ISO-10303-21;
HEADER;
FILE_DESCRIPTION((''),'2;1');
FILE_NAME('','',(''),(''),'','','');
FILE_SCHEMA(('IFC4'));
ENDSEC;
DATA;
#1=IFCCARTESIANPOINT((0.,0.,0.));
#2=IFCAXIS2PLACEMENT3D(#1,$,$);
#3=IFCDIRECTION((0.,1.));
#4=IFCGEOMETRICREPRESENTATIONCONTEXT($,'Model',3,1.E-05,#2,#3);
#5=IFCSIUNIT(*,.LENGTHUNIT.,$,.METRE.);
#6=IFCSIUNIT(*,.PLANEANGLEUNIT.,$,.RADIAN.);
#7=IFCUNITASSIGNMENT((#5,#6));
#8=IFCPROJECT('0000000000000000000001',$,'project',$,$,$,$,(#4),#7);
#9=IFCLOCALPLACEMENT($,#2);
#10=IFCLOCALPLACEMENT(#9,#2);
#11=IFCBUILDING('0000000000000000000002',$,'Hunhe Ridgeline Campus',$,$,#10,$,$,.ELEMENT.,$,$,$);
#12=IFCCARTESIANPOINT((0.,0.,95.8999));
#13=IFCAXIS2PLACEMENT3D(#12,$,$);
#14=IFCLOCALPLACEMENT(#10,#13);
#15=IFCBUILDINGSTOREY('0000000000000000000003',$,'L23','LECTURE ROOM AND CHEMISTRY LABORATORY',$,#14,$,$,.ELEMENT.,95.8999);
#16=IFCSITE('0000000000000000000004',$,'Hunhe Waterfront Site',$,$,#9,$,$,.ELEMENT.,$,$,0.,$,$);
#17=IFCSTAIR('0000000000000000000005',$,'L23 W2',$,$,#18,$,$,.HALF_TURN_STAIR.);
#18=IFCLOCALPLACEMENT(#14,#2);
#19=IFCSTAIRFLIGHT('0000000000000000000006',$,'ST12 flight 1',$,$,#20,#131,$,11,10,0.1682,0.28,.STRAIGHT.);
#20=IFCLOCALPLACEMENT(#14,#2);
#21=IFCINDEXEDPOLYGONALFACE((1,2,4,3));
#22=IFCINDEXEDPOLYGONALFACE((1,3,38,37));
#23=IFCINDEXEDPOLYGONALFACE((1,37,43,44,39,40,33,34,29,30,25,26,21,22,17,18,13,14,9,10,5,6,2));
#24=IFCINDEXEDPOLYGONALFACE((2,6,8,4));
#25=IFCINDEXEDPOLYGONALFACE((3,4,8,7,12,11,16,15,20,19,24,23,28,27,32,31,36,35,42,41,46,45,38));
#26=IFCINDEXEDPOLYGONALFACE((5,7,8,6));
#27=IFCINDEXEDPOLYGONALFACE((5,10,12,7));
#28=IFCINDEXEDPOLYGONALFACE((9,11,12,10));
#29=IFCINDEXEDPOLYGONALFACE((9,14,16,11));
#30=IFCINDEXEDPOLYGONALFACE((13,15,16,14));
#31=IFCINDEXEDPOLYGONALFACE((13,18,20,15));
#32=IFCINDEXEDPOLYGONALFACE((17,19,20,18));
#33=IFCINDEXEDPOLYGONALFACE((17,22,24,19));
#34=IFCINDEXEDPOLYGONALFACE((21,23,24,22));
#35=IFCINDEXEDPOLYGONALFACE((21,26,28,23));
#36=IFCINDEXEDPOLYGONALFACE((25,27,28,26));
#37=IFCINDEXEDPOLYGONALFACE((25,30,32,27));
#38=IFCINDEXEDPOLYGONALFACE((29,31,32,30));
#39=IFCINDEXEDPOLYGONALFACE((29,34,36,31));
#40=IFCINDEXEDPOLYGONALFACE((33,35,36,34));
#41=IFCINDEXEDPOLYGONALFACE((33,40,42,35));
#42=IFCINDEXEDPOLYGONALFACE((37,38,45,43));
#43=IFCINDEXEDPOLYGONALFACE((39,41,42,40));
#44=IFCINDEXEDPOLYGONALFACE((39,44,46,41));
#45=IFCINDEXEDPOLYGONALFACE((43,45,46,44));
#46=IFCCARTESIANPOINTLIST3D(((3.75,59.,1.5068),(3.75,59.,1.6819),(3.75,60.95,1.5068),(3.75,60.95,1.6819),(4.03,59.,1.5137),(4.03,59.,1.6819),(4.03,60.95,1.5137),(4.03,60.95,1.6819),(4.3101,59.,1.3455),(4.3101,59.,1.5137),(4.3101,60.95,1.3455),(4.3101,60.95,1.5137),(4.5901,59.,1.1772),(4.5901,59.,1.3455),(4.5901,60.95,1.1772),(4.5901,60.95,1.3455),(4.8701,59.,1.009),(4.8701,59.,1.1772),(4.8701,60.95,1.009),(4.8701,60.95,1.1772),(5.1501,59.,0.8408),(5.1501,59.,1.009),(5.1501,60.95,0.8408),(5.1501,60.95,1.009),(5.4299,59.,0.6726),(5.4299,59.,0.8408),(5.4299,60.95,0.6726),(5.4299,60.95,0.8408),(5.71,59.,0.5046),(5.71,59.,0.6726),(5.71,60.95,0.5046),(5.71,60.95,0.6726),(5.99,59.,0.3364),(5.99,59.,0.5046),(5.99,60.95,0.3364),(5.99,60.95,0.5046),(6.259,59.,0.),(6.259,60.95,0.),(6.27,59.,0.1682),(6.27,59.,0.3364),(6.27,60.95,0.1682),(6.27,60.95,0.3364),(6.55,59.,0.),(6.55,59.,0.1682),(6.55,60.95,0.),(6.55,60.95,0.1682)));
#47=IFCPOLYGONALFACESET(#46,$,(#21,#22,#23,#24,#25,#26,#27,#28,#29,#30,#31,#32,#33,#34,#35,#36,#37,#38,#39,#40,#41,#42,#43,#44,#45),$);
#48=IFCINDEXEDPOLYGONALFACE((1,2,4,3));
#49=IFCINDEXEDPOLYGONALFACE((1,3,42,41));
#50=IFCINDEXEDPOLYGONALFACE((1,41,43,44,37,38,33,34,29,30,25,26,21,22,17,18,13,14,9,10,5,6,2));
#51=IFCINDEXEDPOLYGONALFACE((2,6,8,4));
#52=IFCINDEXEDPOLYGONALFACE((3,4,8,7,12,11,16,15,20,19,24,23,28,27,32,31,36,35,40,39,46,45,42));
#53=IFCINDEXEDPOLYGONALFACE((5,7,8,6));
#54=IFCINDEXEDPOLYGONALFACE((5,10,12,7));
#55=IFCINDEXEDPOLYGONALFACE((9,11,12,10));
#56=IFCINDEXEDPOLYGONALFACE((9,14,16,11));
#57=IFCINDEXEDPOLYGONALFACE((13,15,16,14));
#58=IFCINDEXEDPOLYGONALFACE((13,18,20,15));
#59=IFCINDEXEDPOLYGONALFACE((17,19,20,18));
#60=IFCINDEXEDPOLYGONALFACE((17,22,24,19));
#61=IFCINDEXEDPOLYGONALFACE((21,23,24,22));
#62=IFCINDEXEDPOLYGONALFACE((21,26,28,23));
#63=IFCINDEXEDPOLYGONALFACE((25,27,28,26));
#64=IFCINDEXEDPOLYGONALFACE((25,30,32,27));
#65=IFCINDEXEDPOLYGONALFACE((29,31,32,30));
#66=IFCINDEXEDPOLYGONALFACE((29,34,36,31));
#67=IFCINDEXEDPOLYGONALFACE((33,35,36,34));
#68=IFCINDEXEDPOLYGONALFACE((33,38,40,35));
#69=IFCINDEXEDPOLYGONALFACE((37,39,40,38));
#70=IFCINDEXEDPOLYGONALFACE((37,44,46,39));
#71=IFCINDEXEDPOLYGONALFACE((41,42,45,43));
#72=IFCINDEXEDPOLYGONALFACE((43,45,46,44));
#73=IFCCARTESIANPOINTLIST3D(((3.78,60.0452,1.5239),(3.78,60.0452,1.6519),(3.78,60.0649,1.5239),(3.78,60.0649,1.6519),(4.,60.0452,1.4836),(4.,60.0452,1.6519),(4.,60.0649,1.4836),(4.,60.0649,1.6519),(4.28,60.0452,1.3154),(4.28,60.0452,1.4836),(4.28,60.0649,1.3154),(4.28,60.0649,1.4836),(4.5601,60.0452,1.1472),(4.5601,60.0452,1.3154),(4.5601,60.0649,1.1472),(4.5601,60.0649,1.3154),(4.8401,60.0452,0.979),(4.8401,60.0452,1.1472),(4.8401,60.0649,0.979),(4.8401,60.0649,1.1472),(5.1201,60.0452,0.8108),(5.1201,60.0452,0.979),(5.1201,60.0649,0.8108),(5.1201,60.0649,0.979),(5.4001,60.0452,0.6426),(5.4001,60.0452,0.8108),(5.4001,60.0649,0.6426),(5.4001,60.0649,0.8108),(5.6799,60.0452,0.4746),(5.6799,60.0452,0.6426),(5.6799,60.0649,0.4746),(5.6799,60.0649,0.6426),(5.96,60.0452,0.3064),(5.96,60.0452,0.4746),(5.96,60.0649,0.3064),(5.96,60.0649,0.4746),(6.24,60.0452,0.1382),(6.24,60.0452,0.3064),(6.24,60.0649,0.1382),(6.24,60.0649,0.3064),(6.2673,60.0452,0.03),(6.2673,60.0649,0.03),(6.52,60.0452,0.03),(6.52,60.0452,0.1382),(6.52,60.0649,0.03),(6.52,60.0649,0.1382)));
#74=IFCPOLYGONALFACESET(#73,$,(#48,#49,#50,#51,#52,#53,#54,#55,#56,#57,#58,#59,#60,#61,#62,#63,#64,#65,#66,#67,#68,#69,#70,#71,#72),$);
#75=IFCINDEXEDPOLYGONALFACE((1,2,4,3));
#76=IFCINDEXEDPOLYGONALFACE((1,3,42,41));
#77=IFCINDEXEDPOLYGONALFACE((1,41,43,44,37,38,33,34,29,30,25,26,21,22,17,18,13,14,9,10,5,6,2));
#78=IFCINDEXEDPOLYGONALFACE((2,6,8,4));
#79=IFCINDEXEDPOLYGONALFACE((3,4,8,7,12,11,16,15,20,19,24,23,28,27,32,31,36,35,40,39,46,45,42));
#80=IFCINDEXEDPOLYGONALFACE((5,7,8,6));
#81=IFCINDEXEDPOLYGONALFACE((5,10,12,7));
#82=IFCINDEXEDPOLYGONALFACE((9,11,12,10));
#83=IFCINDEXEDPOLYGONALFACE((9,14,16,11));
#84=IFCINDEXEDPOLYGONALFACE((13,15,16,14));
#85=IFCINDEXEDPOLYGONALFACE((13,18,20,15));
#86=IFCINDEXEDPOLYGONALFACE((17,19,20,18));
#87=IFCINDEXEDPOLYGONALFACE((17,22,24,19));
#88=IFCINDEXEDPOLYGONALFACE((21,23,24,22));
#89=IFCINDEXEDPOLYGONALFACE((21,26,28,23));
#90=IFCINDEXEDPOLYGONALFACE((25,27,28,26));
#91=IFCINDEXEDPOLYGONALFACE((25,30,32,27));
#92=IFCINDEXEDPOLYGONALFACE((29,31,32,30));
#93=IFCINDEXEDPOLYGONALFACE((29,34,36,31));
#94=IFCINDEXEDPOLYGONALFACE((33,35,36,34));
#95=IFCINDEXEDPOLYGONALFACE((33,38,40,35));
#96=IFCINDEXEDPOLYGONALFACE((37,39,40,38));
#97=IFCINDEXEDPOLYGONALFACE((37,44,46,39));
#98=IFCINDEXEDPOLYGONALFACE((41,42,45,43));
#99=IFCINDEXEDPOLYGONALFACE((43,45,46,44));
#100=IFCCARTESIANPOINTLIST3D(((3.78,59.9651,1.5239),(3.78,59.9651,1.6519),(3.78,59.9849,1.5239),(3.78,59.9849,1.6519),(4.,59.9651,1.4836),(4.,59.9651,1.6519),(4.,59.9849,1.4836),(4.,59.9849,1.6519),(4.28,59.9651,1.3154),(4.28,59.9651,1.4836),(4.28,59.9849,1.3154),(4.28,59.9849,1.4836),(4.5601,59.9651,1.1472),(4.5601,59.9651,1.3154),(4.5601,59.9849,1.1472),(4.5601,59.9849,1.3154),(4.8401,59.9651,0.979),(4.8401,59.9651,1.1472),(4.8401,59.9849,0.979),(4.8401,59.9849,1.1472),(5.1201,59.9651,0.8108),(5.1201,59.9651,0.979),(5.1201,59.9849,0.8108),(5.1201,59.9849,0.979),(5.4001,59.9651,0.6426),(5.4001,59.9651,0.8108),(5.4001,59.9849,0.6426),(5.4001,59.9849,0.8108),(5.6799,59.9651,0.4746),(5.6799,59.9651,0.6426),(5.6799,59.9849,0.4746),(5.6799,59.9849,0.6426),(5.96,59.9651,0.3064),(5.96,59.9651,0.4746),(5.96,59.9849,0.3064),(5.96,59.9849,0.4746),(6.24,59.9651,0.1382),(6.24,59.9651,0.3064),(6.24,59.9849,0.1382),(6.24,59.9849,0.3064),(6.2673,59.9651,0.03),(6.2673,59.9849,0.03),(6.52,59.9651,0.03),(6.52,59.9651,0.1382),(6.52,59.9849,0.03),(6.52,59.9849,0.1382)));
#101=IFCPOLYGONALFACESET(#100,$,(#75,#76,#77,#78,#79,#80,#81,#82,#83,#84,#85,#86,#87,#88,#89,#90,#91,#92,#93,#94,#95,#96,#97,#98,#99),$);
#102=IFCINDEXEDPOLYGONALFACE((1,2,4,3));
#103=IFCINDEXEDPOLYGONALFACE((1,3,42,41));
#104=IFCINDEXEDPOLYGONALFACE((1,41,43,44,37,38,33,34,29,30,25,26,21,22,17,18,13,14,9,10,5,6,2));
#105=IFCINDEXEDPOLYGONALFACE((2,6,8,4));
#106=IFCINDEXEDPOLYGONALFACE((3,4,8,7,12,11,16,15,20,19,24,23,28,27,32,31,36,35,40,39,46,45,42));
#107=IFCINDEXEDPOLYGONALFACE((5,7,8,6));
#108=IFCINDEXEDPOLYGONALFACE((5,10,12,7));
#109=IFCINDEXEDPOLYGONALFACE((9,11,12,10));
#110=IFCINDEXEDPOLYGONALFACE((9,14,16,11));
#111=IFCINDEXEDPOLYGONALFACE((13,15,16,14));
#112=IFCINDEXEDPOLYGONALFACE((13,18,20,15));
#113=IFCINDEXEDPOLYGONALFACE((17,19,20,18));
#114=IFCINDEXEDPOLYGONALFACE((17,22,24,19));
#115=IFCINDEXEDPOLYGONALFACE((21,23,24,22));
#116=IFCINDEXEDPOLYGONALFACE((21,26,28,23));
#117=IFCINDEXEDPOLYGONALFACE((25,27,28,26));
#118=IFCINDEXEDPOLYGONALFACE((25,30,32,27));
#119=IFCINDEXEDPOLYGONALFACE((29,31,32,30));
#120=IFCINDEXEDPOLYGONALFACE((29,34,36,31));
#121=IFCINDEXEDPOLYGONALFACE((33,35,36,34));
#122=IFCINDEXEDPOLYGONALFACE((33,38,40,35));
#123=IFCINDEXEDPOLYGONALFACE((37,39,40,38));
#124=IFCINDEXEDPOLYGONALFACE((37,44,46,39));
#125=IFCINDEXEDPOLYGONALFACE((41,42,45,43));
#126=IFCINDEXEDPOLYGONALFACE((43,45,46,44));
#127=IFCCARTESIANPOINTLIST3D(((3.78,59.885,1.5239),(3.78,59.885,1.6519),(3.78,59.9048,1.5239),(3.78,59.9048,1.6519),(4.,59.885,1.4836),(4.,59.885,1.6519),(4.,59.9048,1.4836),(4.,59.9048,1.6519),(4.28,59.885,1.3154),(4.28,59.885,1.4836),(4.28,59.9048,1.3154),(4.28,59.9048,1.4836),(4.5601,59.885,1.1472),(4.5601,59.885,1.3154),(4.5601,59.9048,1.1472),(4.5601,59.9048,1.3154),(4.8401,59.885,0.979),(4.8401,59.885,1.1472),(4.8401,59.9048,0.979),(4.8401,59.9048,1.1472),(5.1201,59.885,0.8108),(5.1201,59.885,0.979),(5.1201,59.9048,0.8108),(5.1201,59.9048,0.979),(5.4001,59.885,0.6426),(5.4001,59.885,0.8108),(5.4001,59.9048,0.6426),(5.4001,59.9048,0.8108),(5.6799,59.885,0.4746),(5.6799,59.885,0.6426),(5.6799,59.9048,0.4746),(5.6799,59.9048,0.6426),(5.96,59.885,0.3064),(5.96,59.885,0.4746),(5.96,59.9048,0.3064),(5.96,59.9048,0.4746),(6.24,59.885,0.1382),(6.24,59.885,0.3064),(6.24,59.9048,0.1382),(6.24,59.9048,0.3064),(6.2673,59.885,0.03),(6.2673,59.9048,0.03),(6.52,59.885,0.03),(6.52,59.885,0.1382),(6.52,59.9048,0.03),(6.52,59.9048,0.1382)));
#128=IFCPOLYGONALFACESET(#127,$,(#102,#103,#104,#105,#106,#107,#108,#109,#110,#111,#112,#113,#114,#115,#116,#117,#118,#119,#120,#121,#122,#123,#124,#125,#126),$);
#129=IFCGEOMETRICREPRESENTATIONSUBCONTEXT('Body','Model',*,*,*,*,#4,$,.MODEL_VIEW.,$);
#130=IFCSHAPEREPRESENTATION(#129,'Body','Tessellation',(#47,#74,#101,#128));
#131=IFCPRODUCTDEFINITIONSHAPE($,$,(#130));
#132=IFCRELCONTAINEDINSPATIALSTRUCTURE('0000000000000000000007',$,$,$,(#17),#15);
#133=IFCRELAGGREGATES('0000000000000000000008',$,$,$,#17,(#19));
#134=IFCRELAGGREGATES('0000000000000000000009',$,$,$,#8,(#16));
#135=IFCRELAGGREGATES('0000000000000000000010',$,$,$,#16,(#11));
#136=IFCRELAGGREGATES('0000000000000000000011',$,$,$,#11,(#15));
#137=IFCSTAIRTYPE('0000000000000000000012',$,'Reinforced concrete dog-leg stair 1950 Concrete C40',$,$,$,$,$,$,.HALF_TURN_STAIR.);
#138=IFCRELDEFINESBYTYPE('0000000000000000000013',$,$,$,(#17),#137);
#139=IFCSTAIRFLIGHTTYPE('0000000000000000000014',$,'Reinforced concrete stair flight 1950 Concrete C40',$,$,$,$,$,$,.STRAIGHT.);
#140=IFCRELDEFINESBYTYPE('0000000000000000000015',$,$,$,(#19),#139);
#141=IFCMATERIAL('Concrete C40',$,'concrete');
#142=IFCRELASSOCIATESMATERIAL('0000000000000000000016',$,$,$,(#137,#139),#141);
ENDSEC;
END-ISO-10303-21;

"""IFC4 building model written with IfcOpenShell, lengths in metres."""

from ifc_helpers import new_model, si_unit, direction, frame, origin, place, context, subcontext, project, spatial, polyline, outline, extrude, material, type_object, element, aggregate, save


model = new_model("IFC4")

# Units and contexts
model_context = context("Model", 3, precision=1e-05, world=origin(), true_north=direction((0.0, 1.0)))
body_context = subcontext(model_context, "Body", "Model", "MODEL_VIEW")
ifc_project = project(units=[si_unit("LENGTHUNIT", "METRE"), si_unit("PLANEANGLEUNIT", "RADIAN")], contexts=[model_context])

# Site, building, storey
site_placement = place(None, origin())
site = spatial("IfcSite", under=ifc_project, at=site_placement, Name="Hunhe Waterfront Site", CompositionType="ELEMENT", RefElevation=0.0)
building_placement = place(site_placement, origin())
building = spatial("IfcBuilding", under=site, at=building_placement, Name="Hunhe Ridgeline Campus", CompositionType="ELEMENT")
storey_placement = place(building_placement, frame((0.0, 0.0, 95.8999)))
storey = spatial("IfcBuildingStorey", under=building, at=storey_placement, Name="L23", Description="LECTURE ROOM AND CHEMISTRY LABORATORY", CompositionType="ELEMENT", Elevation=95.8999)

# Stair, stair flight
ifc_material_1 = material(Name="Concrete C40", Category="concrete")
stair_type = type_object("IfcStairType", Name="Reinforced concrete dog-leg stair 1950 Concrete C40", PredefinedType="HALF_TURN_STAIR", material=ifc_material_1)
stair_placement = place(storey_placement, origin())
stair = element("IfcStair", 1, at=stair_placement, inside=storey, type_object=stair_type, Name="L23 W2", PredefinedType="HALF_TURN_STAIR")
stair_flight_type = type_object("IfcStairFlightType", Name="Reinforced concrete stair flight 1950 Concrete C40", PredefinedType="STRAIGHT", material=ifc_material_1)
stair_flight_1_placement = place(storey_placement, frame((6.55, 59.9751, 0.0), z_axis=(0.0, 0.0, 1.0), x_axis=(-1.0, 0.0, 0.0)))
stair_flight_1 = element("IfcStairFlight", 2, at=stair_flight_1_placement, type_object=stair_flight_type, Name="ST12 flight 1", NumberOfRisers=11, NumberOfTreads=10, PredefinedType="STRAIGHT", RiserHeight=0.1682, TreadLength=0.28, context=body_context, shape_type="SweptSolid", body=[
    extrude(outline(polyline([(0.0, 0.0), (0.0, 0.1682), (0.28, 0.1682), (0.28, 0.3364), (0.5601, 0.3364), (0.5601, 0.5046), (0.8401, 0.5046), (0.8401, 0.6726), (1.1201, 0.6726), (1.1201, 0.8408), (1.3999, 0.8408), (1.3999, 1.009), (1.6799, 1.009), (1.6799, 1.1772), (1.96, 1.1772), (1.96, 1.3455), (2.24, 1.3455), (2.24, 1.5137), (2.52, 1.5137), (2.52, 1.6819), (2.8, 1.6819), (2.8, 1.8501), (2.8, 1.5068), (0.291, 0.0), (0.0, 0.0)])), frame((0.0, 0.9751, 0.0), z_axis=(0.0, -1.0, 0.0), x_axis=(1.0, 0.0, 0.0)), (0.0, 0.0, 1.0), 1.95),
    extrude(outline(polyline([(0.03, 0.03), (0.03, 0.1382), (0.3101, 0.1382), (0.3101, 0.3064), (0.5901, 0.3064), (0.5901, 0.4746), (0.8701, 0.4746), (0.8701, 0.6426), (1.1499, 0.6426), (1.1499, 0.8108), (1.4299, 0.8108), (1.4299, 0.979), (1.71, 0.979), (1.71, 1.1472), (1.99, 1.1472), (1.99, 1.3154), (2.27, 1.3154), (2.27, 1.4836), (2.55, 1.4836), (2.55, 1.6519), (2.77, 1.6519), (2.77, 1.5239), (0.2827, 0.03), (0.03, 0.03)])), frame((0.0, -0.0701, 0.0), z_axis=(0.0, -1.0, 0.0), x_axis=(1.0, 0.0, 0.0)), (0.0, 0.0, 1.0), 0.0198),
    extrude(outline(polyline([(0.03, 0.03), (0.03, 0.1382), (0.3101, 0.1382), (0.3101, 0.3064), (0.5901, 0.3064), (0.5901, 0.4746), (0.8701, 0.4746), (0.8701, 0.6426), (1.1499, 0.6426), (1.1499, 0.8108), (1.4299, 0.8108), (1.4299, 0.979), (1.71, 0.979), (1.71, 1.1472), (1.99, 1.1472), (1.99, 1.3154), (2.27, 1.3154), (2.27, 1.4836), (2.55, 1.4836), (2.55, 1.6519), (2.77, 1.6519), (2.77, 1.5239), (0.2827, 0.03), (0.03, 0.03)])), frame((0.0, 0.01, 0.0), z_axis=(0.0, -1.0, 0.0), x_axis=(1.0, 0.0, 0.0)), (0.0, 0.0, 1.0), 0.0198),
    extrude(outline(polyline([(0.03, 0.03), (0.03, 0.1382), (0.3101, 0.1382), (0.3101, 0.3064), (0.5901, 0.3064), (0.5901, 0.4746), (0.8701, 0.4746), (0.8701, 0.6426), (1.1499, 0.6426), (1.1499, 0.8108), (1.4299, 0.8108), (1.4299, 0.979), (1.71, 0.979), (1.71, 1.1472), (1.99, 1.1472), (1.99, 1.3154), (2.27, 1.3154), (2.27, 1.4836), (2.55, 1.4836), (2.55, 1.6519), (2.77, 1.6519), (2.77, 1.5239), (0.2827, 0.03), (0.03, 0.03)])), frame((0.0, 0.0901, 0.0), z_axis=(0.0, -1.0, 0.0), x_axis=(1.0, 0.0, 0.0)), (0.0, 0.0, 1.0), 0.0198),
])
aggregate(stair, [stair_flight_1])

save(model, "model.ifc")
